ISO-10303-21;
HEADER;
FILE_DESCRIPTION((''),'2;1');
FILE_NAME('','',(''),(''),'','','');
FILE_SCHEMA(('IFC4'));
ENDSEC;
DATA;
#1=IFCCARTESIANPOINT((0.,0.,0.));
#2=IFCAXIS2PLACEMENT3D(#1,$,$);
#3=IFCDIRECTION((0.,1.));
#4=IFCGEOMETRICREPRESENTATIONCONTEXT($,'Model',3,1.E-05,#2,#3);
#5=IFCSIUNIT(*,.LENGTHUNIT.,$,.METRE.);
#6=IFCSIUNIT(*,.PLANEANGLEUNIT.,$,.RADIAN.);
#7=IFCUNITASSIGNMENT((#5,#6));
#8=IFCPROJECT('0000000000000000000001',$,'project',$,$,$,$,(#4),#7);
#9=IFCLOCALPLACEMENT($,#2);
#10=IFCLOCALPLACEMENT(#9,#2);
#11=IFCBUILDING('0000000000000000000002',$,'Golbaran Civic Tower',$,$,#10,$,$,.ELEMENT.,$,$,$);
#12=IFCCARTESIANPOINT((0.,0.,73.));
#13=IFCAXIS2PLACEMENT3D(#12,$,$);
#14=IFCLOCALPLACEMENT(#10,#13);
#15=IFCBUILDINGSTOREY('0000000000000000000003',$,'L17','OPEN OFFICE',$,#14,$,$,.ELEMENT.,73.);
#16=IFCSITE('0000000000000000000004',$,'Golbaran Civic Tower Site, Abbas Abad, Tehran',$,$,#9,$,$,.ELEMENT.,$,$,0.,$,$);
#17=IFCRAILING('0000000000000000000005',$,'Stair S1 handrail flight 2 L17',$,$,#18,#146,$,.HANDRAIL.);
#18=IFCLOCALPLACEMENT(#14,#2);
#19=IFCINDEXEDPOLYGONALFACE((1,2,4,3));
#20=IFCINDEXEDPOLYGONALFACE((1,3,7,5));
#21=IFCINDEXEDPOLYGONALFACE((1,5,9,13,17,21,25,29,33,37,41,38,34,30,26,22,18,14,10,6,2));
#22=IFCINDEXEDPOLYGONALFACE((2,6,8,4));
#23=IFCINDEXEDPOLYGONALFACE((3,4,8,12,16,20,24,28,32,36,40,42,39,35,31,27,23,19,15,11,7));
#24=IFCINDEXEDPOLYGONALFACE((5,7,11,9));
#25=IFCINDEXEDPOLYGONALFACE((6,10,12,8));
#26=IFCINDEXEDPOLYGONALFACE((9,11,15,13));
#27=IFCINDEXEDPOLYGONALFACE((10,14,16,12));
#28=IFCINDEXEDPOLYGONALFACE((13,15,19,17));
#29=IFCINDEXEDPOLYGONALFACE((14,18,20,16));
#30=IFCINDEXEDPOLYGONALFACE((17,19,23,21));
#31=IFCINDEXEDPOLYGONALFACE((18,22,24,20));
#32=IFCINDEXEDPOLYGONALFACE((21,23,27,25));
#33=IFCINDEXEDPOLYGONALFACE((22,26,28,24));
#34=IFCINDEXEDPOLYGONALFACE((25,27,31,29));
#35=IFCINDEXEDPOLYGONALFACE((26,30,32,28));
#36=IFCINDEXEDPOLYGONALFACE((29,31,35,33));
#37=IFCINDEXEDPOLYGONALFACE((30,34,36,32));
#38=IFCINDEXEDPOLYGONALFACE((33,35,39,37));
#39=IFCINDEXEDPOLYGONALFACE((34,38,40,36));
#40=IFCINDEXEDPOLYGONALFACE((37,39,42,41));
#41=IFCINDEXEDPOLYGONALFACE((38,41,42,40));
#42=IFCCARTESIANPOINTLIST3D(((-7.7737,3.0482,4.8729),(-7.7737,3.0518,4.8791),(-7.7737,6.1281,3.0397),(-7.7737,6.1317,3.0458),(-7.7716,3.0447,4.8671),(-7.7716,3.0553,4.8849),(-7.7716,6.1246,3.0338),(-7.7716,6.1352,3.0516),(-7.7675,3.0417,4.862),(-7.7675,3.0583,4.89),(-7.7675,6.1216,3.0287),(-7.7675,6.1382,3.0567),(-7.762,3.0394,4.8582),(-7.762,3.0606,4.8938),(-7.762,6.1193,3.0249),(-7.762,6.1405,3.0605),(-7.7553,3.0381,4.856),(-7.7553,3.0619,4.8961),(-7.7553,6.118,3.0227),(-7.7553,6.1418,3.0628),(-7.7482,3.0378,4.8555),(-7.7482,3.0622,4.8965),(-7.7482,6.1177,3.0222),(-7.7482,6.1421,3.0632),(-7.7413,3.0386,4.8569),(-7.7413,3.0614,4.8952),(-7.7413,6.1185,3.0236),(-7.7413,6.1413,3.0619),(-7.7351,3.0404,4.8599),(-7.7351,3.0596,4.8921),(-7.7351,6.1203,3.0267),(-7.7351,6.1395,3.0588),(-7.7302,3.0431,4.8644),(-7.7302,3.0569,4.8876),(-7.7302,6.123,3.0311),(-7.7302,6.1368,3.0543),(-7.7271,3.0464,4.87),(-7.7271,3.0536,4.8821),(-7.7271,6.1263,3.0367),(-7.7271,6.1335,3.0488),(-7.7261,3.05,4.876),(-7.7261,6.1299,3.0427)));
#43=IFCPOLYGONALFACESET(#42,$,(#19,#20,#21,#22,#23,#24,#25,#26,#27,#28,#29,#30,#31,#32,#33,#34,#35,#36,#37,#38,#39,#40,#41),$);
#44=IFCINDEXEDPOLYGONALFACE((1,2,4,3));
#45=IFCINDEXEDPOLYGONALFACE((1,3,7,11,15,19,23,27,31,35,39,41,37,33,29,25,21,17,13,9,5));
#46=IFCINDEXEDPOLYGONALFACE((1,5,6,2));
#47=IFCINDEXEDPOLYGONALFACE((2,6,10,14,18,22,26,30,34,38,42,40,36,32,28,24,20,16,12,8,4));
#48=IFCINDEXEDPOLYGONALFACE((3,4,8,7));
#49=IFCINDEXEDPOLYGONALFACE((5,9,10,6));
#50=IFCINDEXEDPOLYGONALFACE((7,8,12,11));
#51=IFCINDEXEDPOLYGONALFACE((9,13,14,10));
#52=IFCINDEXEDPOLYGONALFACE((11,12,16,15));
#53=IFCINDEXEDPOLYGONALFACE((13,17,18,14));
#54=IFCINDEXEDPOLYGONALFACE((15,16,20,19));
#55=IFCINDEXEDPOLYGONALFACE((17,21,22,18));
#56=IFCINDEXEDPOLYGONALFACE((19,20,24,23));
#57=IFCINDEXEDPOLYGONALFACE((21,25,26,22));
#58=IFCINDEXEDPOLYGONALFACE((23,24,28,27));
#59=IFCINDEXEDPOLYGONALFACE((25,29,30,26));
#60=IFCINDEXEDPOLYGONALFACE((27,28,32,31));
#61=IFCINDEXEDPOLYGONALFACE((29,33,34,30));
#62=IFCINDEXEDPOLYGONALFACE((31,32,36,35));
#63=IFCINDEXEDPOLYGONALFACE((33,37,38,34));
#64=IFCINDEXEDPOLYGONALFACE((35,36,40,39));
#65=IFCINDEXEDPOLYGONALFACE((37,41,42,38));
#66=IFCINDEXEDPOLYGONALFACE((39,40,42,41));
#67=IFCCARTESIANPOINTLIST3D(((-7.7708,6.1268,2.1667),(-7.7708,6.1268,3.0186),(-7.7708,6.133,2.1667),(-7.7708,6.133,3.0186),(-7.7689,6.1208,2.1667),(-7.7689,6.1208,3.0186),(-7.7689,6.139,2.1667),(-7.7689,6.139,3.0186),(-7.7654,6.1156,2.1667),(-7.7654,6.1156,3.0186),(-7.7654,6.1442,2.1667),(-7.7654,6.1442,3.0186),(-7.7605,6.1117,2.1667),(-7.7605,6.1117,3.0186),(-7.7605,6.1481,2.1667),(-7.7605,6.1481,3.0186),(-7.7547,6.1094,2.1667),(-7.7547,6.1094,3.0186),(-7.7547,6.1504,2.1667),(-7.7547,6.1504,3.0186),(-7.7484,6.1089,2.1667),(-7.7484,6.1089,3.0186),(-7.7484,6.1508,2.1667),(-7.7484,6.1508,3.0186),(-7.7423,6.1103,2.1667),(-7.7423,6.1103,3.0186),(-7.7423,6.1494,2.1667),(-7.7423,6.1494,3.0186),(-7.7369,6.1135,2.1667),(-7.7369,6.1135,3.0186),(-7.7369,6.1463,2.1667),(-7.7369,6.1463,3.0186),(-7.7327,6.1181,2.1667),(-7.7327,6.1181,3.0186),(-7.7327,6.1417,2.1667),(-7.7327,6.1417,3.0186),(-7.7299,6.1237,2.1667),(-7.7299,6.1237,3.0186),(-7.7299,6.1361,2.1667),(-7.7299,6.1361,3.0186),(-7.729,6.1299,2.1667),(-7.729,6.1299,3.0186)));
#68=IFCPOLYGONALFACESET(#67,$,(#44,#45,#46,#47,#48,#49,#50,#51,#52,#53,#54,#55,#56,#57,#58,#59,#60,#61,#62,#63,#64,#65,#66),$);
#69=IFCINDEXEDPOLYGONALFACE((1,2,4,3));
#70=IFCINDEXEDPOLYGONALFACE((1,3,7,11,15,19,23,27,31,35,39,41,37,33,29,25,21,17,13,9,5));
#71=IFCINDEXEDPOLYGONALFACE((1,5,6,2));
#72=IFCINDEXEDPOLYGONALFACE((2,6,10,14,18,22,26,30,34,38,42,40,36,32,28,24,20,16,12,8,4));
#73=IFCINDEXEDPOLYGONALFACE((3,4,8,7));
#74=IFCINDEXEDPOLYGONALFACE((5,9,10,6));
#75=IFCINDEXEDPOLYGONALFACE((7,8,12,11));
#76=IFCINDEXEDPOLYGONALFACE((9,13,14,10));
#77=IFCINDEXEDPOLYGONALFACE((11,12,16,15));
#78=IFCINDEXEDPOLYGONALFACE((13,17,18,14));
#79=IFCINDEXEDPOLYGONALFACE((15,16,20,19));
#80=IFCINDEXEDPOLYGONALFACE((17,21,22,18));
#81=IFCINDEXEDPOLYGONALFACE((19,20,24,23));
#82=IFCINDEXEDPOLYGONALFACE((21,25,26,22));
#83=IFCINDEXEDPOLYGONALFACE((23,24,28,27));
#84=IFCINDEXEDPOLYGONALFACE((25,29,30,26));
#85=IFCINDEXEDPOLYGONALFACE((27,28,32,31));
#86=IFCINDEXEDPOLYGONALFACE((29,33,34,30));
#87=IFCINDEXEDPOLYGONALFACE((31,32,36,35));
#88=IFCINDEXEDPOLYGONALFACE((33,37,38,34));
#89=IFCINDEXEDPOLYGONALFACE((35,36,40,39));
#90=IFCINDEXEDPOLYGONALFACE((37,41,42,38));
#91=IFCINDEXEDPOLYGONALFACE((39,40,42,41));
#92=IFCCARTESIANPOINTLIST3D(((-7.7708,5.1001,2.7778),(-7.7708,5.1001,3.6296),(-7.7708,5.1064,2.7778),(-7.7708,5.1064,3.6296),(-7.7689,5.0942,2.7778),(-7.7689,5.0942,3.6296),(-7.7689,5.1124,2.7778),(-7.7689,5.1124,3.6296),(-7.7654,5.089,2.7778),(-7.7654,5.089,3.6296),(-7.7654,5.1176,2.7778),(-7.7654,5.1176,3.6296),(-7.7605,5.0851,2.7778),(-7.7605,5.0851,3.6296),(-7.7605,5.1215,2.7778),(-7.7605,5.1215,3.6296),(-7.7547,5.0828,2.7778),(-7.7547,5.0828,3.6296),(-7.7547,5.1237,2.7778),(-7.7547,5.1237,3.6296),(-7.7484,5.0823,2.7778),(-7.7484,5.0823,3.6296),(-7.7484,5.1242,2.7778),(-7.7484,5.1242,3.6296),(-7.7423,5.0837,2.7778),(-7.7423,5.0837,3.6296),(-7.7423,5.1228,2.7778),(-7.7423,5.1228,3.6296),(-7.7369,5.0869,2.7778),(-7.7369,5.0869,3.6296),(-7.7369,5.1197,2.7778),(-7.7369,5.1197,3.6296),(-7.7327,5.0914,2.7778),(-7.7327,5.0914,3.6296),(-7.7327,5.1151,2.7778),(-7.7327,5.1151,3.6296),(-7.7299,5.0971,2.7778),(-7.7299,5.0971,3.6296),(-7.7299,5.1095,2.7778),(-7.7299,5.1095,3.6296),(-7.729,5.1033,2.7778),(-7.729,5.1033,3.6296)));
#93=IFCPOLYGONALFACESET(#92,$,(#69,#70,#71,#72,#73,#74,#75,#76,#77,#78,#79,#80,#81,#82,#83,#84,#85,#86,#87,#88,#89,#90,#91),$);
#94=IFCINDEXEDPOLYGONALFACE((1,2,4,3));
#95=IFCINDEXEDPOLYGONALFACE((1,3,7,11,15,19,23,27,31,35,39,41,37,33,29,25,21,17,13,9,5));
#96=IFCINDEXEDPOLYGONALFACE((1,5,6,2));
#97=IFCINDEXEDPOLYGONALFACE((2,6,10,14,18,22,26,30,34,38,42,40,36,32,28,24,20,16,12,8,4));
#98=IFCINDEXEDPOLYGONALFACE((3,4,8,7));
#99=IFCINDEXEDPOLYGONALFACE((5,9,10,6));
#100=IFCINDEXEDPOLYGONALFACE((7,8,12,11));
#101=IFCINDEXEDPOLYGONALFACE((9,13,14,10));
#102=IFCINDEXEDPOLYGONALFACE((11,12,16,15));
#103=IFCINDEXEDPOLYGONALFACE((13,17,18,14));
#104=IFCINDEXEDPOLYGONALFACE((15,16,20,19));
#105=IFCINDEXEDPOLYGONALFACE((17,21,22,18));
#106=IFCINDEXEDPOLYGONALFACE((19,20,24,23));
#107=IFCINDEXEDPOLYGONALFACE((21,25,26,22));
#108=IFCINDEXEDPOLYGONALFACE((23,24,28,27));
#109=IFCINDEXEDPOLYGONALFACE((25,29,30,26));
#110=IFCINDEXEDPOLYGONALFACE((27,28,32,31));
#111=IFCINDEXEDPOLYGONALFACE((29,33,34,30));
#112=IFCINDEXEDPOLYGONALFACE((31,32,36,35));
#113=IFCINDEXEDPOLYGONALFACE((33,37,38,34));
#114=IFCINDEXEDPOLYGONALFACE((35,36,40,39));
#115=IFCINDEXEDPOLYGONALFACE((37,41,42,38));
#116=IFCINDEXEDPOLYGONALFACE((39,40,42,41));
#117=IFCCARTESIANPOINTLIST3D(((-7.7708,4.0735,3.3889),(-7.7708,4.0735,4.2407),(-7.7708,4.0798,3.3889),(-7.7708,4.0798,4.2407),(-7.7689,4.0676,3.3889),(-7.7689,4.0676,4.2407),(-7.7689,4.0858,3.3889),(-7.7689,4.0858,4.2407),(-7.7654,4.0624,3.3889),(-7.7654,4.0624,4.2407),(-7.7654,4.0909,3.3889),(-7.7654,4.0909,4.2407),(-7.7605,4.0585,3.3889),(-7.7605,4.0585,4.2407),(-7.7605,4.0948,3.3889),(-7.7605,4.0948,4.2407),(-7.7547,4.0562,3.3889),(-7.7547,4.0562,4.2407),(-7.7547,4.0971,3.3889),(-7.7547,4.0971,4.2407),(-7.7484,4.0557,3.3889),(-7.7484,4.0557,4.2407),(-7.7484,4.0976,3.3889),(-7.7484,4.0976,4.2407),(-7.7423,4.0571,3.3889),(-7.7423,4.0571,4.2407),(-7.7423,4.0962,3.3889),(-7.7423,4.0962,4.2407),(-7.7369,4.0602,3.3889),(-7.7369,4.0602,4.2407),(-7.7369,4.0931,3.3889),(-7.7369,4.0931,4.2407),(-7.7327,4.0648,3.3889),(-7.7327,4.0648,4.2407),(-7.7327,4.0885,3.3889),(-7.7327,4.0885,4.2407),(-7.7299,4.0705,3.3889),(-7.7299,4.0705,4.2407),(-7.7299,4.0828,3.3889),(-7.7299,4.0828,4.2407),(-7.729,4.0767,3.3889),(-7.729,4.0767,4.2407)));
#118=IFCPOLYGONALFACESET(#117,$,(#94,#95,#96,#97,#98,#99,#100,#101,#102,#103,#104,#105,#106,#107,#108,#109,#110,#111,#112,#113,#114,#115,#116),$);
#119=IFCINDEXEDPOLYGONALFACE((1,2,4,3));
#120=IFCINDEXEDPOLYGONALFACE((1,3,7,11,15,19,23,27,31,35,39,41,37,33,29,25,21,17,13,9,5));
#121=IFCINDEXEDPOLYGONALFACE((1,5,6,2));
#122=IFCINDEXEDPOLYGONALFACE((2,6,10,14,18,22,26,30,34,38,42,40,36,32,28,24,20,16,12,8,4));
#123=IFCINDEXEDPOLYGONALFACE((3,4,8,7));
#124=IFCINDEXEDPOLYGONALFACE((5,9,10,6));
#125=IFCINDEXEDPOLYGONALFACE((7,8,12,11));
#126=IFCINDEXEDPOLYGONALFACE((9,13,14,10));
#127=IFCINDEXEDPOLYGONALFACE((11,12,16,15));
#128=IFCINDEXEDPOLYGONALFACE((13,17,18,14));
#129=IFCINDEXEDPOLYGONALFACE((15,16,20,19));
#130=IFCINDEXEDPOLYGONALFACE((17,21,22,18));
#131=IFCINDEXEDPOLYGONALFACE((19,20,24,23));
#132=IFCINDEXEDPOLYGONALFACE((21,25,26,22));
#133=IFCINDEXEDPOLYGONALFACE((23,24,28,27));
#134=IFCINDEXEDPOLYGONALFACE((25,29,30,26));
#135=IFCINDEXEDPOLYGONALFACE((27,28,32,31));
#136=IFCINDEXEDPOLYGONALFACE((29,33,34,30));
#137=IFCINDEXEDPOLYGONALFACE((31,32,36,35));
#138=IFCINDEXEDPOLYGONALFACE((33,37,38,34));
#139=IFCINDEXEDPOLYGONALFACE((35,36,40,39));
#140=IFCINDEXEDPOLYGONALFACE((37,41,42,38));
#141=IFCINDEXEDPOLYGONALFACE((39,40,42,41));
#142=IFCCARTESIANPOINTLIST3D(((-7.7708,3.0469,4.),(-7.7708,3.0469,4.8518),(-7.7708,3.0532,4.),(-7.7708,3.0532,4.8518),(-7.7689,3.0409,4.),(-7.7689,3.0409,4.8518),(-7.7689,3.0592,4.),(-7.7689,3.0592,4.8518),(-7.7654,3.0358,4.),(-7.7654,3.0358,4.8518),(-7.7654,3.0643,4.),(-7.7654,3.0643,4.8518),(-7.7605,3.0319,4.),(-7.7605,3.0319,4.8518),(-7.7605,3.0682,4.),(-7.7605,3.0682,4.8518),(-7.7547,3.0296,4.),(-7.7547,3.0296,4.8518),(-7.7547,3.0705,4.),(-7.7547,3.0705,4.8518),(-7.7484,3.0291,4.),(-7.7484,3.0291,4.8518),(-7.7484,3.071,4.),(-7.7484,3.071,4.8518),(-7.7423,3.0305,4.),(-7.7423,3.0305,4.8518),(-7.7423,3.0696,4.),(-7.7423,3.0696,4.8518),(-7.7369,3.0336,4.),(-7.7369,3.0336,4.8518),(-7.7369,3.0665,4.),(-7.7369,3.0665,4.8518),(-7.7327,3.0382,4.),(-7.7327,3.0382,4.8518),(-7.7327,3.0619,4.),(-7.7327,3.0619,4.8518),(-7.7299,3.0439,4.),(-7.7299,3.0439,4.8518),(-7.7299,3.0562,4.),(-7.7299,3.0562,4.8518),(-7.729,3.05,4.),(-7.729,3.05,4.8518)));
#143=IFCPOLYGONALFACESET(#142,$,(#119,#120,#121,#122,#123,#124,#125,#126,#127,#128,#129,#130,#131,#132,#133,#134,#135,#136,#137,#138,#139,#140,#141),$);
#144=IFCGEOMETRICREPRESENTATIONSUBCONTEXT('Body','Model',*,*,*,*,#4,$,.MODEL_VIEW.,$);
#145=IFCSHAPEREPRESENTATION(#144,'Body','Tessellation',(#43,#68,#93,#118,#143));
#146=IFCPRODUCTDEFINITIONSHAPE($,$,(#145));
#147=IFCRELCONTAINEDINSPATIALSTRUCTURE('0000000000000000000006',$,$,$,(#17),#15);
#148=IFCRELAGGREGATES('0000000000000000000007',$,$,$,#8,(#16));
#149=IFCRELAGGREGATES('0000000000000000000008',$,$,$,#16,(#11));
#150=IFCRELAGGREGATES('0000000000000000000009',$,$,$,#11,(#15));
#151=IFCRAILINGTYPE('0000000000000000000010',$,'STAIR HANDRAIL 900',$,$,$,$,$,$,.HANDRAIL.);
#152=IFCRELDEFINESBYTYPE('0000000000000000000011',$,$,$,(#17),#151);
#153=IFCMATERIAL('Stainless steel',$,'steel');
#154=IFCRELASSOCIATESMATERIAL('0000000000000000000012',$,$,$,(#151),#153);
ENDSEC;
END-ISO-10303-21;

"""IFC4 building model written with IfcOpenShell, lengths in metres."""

from ifc_helpers import new_model, si_unit, direction, frame, origin, origin_2d, place, context, subcontext, project, spatial, circle, extrude, material, type_object, element, save


model = new_model("IFC4")

# Units and contexts
model_context = context("Model", 3, precision=1e-05, world=origin(), true_north=direction((0.0, 1.0)))
body_context = subcontext(model_context, "Body", "Model", "MODEL_VIEW")
ifc_project = project(units=[si_unit("LENGTHUNIT", "METRE"), si_unit("PLANEANGLEUNIT", "RADIAN")], contexts=[model_context])

# Site, building, storey
site_placement = place(None, origin())
site = spatial("IfcSite", under=ifc_project, at=site_placement, Name="Golbaran Civic Tower Site, Abbas Abad, Tehran", CompositionType="ELEMENT", RefElevation=0.0)
building_placement = place(site_placement, origin())
building = spatial("IfcBuilding", under=site, at=building_placement, Name="Golbaran Civic Tower", CompositionType="ELEMENT")
storey_placement = place(building_placement, frame((0.0, 0.0, 73.0)))
storey = spatial("IfcBuildingStorey", under=building, at=storey_placement, Name="L17", Description="OPEN OFFICE", CompositionType="ELEMENT", Elevation=73.0)

# Shared definitions
ifc_material_1 = material(Name="Stainless steel", Category="steel")

# Railing
railing_type = type_object("IfcRailingType", Name="STAIR HANDRAIL 900", PredefinedType="HANDRAIL", material=ifc_material_1)
railing_1_placement = place(storey_placement, frame((-7.75, 6.1299, 2.1667)))
element("IfcRailing", 1, at=railing_1_placement, inside=storey, type_object=railing_type, Name="Stair S1 handrail flight 2 L17", PredefinedType="HANDRAIL", context=body_context, shape_type="SweptSolid", body=[
    extrude(circle(Radius=0.0239, at=origin_2d()), frame((0.0, 0.0, 0.876), z_axis=(0.0, -0.859291, 0.511487), x_axis=(1.0, 0.0, 0.0)), (0.0, 0.0, 1.0), 3.5842),
    extrude(circle(Radius=0.021, at=origin_2d()), origin(), (0.0, 0.0, 1.0), 0.8518),
    extrude(circle(Radius=0.021, at=origin_2d()), frame((0.0, -1.0266, 0.6111)), (0.0, 0.0, 1.0), 0.8518),
    extrude(circle(Radius=0.021, at=origin_2d()), frame((0.0, -2.0532, 1.2222)), (0.0, 0.0, 1.0), 0.8518),
    extrude(circle(Radius=0.021, at=origin_2d()), frame((0.0, -3.0798, 1.8333)), (0.0, 0.0, 1.0), 0.8518),
])

save(model, "model.ifc")
